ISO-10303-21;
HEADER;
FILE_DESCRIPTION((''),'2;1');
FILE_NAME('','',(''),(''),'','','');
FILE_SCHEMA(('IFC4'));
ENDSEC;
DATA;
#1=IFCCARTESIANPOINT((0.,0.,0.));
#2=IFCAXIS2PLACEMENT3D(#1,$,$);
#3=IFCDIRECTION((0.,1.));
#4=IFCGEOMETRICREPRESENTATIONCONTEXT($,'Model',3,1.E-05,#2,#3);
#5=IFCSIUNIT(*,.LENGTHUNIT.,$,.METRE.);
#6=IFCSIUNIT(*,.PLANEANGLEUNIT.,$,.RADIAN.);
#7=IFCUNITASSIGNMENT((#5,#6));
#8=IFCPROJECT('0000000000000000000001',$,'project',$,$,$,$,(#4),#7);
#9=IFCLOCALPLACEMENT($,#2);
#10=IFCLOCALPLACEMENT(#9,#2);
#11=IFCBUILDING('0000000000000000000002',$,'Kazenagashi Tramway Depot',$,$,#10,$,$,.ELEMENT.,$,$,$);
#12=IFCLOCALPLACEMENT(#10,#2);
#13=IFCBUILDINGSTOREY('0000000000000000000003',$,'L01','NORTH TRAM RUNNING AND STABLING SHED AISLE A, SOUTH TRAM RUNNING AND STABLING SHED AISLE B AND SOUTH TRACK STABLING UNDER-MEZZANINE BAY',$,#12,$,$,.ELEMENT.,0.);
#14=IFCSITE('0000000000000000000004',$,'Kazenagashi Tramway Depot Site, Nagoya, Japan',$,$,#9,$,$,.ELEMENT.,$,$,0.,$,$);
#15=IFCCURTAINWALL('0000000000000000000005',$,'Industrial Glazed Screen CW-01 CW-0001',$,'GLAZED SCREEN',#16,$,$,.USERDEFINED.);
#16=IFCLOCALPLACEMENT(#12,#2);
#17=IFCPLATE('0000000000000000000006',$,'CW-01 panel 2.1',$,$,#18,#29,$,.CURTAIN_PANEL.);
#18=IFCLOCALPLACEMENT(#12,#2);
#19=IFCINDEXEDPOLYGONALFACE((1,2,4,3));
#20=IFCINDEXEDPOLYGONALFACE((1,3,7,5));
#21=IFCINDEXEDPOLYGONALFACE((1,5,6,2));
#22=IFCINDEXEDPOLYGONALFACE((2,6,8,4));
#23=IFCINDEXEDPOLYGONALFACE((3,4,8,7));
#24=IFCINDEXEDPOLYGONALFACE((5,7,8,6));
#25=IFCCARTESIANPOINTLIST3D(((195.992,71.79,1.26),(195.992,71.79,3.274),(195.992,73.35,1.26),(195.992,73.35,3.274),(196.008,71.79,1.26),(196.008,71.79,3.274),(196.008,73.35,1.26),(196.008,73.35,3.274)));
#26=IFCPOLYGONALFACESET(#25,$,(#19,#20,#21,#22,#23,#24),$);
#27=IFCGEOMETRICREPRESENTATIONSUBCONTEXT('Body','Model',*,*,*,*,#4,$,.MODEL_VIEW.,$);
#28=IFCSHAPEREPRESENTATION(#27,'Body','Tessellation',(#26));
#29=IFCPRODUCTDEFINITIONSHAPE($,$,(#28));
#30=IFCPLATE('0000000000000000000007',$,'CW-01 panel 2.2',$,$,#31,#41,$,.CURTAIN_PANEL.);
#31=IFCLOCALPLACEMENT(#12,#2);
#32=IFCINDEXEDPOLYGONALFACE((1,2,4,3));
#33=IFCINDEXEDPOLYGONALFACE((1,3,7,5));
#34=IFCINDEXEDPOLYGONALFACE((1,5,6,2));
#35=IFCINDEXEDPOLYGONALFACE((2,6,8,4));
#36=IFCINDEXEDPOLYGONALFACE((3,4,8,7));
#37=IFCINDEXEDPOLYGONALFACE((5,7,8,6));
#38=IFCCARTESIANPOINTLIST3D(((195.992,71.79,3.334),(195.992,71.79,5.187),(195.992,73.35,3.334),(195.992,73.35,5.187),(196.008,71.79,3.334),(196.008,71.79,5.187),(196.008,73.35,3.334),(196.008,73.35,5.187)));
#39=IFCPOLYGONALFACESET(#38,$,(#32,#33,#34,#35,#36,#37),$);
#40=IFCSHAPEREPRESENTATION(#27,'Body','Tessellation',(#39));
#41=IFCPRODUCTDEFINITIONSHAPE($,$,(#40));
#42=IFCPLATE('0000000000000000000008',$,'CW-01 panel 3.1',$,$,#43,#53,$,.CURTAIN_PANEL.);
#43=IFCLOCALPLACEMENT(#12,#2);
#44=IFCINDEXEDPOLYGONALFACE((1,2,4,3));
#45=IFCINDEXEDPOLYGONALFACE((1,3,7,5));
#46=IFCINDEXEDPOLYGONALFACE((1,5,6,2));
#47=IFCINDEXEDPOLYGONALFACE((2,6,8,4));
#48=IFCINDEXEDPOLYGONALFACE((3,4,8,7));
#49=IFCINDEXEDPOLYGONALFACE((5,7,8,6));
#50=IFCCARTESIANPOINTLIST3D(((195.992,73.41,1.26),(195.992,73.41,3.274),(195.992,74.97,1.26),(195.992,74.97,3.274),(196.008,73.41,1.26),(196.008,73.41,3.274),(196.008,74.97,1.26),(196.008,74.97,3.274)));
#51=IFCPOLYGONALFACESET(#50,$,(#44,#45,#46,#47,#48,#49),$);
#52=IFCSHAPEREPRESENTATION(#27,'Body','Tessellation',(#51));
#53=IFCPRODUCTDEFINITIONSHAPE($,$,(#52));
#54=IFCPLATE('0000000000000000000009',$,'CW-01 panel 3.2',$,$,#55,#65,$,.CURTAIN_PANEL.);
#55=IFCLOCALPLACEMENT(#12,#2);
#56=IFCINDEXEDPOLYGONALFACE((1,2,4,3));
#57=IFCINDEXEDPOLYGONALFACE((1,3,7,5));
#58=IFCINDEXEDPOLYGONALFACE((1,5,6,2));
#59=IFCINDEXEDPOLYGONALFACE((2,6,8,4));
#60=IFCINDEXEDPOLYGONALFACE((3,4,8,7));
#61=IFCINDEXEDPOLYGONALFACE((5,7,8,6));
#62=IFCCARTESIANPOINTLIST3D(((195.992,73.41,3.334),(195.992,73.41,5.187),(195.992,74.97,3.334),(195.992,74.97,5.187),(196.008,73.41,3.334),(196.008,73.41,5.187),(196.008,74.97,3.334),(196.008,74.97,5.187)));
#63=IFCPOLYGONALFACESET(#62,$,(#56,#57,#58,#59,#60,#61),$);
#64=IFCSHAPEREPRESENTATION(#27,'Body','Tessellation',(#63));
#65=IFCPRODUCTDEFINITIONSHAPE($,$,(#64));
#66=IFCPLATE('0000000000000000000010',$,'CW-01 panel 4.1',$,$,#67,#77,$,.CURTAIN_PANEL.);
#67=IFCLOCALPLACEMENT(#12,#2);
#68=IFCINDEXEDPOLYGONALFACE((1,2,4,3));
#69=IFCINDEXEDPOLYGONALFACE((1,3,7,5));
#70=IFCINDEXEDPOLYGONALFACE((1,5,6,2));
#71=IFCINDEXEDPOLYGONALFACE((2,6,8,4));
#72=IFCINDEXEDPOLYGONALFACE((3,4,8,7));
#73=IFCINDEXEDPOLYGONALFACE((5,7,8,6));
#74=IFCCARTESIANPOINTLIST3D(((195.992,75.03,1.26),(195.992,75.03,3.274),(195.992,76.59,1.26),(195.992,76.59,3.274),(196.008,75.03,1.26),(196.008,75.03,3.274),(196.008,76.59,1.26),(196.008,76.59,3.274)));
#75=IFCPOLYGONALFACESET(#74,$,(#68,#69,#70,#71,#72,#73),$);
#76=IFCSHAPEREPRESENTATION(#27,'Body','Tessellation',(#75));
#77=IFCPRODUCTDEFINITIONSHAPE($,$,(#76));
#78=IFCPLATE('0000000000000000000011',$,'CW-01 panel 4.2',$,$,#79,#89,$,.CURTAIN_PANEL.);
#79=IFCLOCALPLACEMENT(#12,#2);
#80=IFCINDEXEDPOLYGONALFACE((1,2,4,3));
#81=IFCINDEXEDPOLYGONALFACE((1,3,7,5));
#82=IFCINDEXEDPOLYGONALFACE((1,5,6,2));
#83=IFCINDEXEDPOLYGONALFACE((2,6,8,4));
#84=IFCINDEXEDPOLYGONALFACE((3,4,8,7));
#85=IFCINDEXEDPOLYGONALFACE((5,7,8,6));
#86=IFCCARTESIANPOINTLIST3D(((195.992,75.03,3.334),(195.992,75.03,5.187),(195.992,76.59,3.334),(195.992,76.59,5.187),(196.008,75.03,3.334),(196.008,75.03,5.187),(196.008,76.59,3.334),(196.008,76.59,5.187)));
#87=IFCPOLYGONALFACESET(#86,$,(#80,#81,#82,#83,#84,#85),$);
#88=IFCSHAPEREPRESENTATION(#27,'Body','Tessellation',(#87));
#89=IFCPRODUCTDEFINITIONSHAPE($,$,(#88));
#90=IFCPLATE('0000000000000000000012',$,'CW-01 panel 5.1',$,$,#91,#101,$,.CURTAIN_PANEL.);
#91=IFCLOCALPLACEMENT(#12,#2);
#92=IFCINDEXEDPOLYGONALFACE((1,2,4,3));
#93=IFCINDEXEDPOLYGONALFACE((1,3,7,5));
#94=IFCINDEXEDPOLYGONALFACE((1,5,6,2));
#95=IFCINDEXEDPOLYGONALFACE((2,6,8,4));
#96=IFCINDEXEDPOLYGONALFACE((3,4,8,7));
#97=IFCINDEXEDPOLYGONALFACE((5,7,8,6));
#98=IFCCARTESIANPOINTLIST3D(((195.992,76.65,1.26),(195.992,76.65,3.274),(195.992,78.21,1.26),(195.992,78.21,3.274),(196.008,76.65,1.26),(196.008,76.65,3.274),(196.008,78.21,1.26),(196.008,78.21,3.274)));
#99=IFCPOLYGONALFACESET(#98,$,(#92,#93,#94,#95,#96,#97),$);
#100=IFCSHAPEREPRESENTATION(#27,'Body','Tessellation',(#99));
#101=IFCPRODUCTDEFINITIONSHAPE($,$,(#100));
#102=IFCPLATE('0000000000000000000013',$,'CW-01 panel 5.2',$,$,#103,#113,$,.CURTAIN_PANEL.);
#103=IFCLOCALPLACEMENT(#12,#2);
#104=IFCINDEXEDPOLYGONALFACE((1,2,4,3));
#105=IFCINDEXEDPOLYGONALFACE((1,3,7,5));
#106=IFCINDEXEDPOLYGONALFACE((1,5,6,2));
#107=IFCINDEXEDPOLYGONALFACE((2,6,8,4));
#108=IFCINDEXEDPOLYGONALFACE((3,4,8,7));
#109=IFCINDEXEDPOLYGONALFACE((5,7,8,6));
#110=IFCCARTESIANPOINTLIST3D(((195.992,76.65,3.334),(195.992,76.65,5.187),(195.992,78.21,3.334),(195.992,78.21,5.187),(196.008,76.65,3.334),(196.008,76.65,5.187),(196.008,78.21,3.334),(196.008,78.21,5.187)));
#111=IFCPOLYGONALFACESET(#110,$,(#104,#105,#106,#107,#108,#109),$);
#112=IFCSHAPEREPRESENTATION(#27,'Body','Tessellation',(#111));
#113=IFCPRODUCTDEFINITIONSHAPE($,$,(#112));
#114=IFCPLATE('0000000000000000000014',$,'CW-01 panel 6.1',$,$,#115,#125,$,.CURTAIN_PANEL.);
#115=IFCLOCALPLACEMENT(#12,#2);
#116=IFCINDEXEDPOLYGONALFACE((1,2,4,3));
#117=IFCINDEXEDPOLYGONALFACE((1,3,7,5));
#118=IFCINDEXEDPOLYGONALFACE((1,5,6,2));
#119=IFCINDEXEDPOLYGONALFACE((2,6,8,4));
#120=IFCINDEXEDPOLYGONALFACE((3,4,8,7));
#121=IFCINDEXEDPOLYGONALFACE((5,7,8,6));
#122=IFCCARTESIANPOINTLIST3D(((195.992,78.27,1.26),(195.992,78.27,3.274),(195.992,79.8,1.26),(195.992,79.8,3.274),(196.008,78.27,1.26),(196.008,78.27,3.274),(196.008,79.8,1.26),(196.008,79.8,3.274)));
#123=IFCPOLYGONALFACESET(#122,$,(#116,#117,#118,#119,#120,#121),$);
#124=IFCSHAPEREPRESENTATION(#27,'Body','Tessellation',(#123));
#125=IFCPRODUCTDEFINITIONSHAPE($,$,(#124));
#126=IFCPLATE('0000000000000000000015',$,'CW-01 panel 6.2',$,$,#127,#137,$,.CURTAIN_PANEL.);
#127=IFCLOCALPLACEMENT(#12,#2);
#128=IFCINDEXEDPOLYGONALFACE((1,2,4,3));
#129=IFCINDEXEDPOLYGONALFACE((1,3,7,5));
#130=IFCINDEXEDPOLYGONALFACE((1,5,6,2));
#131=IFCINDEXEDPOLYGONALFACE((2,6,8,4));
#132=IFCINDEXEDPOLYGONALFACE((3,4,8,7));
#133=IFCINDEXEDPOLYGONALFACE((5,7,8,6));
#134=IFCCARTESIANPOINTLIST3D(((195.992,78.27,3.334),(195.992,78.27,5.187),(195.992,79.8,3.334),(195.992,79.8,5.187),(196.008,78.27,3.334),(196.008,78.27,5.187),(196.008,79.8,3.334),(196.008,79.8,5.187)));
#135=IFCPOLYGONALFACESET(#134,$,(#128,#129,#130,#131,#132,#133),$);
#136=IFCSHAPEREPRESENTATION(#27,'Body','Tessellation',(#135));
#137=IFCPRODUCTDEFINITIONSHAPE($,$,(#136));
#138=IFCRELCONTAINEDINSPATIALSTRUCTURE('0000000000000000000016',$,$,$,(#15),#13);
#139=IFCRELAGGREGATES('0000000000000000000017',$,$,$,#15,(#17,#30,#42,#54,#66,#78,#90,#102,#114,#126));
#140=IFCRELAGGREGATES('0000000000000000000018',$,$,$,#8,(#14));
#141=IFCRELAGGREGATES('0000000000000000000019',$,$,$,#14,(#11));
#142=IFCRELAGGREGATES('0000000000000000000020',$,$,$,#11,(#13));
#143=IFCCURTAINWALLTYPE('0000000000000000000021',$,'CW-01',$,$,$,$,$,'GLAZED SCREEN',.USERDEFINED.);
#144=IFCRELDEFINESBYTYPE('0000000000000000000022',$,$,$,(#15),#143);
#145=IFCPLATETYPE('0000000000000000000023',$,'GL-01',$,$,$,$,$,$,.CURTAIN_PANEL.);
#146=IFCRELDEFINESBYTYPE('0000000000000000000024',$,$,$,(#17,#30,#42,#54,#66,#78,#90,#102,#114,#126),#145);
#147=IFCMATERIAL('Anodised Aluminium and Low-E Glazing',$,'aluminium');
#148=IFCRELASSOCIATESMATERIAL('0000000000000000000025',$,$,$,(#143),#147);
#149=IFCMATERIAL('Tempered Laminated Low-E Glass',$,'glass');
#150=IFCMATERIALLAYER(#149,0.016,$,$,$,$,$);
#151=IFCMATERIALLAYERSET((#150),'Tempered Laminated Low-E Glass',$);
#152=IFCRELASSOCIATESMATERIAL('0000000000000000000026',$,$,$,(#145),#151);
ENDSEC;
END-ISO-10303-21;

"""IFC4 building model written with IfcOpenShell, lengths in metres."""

from ifc_helpers import new_model, si_unit, direction, frame, origin, origin_2d, place, context, subcontext, project, spatial, rectangle, extrude, material, layer, layer_set, type_object, element, aggregate, save


model = new_model("IFC4")

# Units and contexts
model_context = context("Model", 3, precision=1e-05, world=origin(), true_north=direction((0.0, 1.0)))
body_context = subcontext(model_context, "Body", "Model", "MODEL_VIEW")
ifc_project = project(units=[si_unit("LENGTHUNIT", "METRE"), si_unit("PLANEANGLEUNIT", "RADIAN")], contexts=[model_context])

# Site, building, storey
site_placement = place(None, origin())
site = spatial("IfcSite", under=ifc_project, at=site_placement, Name="Kazenagashi Tramway Depot Site, Nagoya, Japan", CompositionType="ELEMENT", RefElevation=0.0)
building_placement = place(site_placement, origin())
building = spatial("IfcBuilding", under=site, at=building_placement, Name="Kazenagashi Tramway Depot", CompositionType="ELEMENT")
storey_placement = place(building_placement, origin())
storey = spatial("IfcBuildingStorey", under=building, at=storey_placement, Name="L01", Description="NORTH TRAM RUNNING AND STABLING SHED AISLE A, SOUTH TRAM RUNNING AND STABLING SHED AISLE B AND SOUTH TRACK STABLING UNDER-MEZZANINE BAY", CompositionType="ELEMENT", Elevation=0.0)

# Curtain wall, plates
ifc_material_1 = material(Name="Anodised Aluminium and Low-E Glazing", Category="aluminium")
curtain_wall_type = type_object("IfcCurtainWallType", Name="CW-01", ElementType="GLAZED SCREEN", PredefinedType="USERDEFINED", material=ifc_material_1)
curtain_wall_placement = place(storey_placement, origin())
curtain_wall = element("IfcCurtainWall", 1, at=curtain_wall_placement, inside=storey, type_object=curtain_wall_type, Name="Industrial Glazed Screen CW-01 CW-0001", ObjectType="GLAZED SCREEN", PredefinedType="USERDEFINED")
ifc_material_2 = material(Name="Tempered Laminated Low-E Glass", Category="glass")
ifc_layer = layer(ifc_material_2, 0.016)
ifc_layer_set = layer_set([ifc_layer], Name="Tempered Laminated Low-E Glass")
plate_type = type_object("IfcPlateType", Name="GL-01", PredefinedType="CURTAIN_PANEL", material=ifc_layer_set)
plate_1_placement = place(storey_placement, frame((196.0, 72.57, 1.26), z_axis=(0.0, 0.0, 1.0), x_axis=(0.0, 1.0, 0.0)))
plate_1 = element("IfcPlate", 2, at=plate_1_placement, type_object=plate_type, Name="CW-01 panel 2.1", PredefinedType="CURTAIN_PANEL", context=body_context, shape_type="SweptSolid", body=[
    extrude(rectangle(XDim=1.56, YDim=0.016, at=origin_2d()), origin(), (0.0, 0.0, 1.0), 2.014),
])
plate_2_placement = place(storey_placement, frame((196.0, 72.57, 3.334), z_axis=(0.0, 0.0, 1.0), x_axis=(0.0, 1.0, 0.0)))
plate_2 = element("IfcPlate", 3, at=plate_2_placement, type_object=plate_type, Name="CW-01 panel 2.2", PredefinedType="CURTAIN_PANEL", context=body_context, shape_type="SweptSolid", body=[
    extrude(rectangle(XDim=1.56, YDim=0.016, at=origin_2d()), origin(), (0.0, 0.0, 1.0), 1.853),
])
plate_3_placement = place(storey_placement, frame((196.0, 74.19, 1.26), z_axis=(0.0, 0.0, 1.0), x_axis=(0.0, 1.0, 0.0)))
plate_3 = element("IfcPlate", 4, at=plate_3_placement, type_object=plate_type, Name="CW-01 panel 3.1", PredefinedType="CURTAIN_PANEL", context=body_context, shape_type="SweptSolid", body=[
    extrude(rectangle(XDim=1.56, YDim=0.016, at=origin_2d()), origin(), (0.0, 0.0, 1.0), 2.014),
])
plate_4_placement = place(storey_placement, frame((196.0, 74.19, 3.334), z_axis=(0.0, 0.0, 1.0), x_axis=(0.0, 1.0, 0.0)))
plate_4 = element("IfcPlate", 5, at=plate_4_placement, type_object=plate_type, Name="CW-01 panel 3.2", PredefinedType="CURTAIN_PANEL", context=body_context, shape_type="SweptSolid", body=[
    extrude(rectangle(XDim=1.56, YDim=0.016, at=origin_2d()), origin(), (0.0, 0.0, 1.0), 1.853),
])
plate_5_placement = place(storey_placement, frame((196.0, 75.81, 1.26), z_axis=(0.0, 0.0, 1.0), x_axis=(0.0, 1.0, 0.0)))
plate_5 = element("IfcPlate", 6, at=plate_5_placement, type_object=plate_type, Name="CW-01 panel 4.1", PredefinedType="CURTAIN_PANEL", context=body_context, shape_type="SweptSolid", body=[
    extrude(rectangle(XDim=1.56, YDim=0.016, at=origin_2d()), origin(), (0.0, 0.0, 1.0), 2.014),
])
plate_6_placement = place(storey_placement, frame((196.0, 75.81, 3.334), z_axis=(0.0, 0.0, 1.0), x_axis=(0.0, 1.0, 0.0)))
plate_6 = element("IfcPlate", 7, at=plate_6_placement, type_object=plate_type, Name="CW-01 panel 4.2", PredefinedType="CURTAIN_PANEL", context=body_context, shape_type="SweptSolid", body=[
    extrude(rectangle(XDim=1.56, YDim=0.016, at=origin_2d()), origin(), (0.0, 0.0, 1.0), 1.853),
])
plate_7_placement = place(storey_placement, frame((196.0, 77.43, 1.26), z_axis=(0.0, 0.0, 1.0), x_axis=(0.0, 1.0, 0.0)))
plate_7 = element("IfcPlate", 8, at=plate_7_placement, type_object=plate_type, Name="CW-01 panel 5.1", PredefinedType="CURTAIN_PANEL", context=body_context, shape_type="SweptSolid", body=[
    extrude(rectangle(XDim=1.56, YDim=0.016, at=origin_2d()), origin(), (0.0, 0.0, 1.0), 2.014),
])
plate_8_placement = place(storey_placement, frame((196.0, 77.43, 3.334), z_axis=(0.0, 0.0, 1.0), x_axis=(0.0, 1.0, 0.0)))
plate_8 = element("IfcPlate", 9, at=plate_8_placement, type_object=plate_type, Name="CW-01 panel 5.2", PredefinedType="CURTAIN_PANEL", context=body_context, shape_type="SweptSolid", body=[
    extrude(rectangle(XDim=1.56, YDim=0.016, at=origin_2d()), origin(), (0.0, 0.0, 1.0), 1.853),
])
plate_9_placement = place(storey_placement, frame((196.0, 79.035, 1.26), z_axis=(0.0, 0.0, 1.0), x_axis=(0.0, 1.0, 0.0)))
plate_9 = element("IfcPlate", 10, at=plate_9_placement, type_object=plate_type, Name="CW-01 panel 6.1", PredefinedType="CURTAIN_PANEL", context=body_context, shape_type="SweptSolid", body=[
    extrude(rectangle(XDim=1.53, YDim=0.016, at=origin_2d()), origin(), (0.0, 0.0, 1.0), 2.014),
])
plate_10_placement = place(storey_placement, frame((196.0, 79.035, 3.334), z_axis=(0.0, 0.0, 1.0), x_axis=(0.0, 1.0, 0.0)))
plate_10 = element("IfcPlate", 11, at=plate_10_placement, type_object=plate_type, Name="CW-01 panel 6.2", PredefinedType="CURTAIN_PANEL", context=body_context, shape_type="SweptSolid", body=[
    extrude(rectangle(XDim=1.53, YDim=0.016, at=origin_2d()), origin(), (0.0, 0.0, 1.0), 1.853),
])
aggregate(curtain_wall, [plate_1, plate_2, plate_3, plate_4, plate_5, plate_6, plate_7, plate_8, plate_9, plate_10])

save(model, "model.ifc")
